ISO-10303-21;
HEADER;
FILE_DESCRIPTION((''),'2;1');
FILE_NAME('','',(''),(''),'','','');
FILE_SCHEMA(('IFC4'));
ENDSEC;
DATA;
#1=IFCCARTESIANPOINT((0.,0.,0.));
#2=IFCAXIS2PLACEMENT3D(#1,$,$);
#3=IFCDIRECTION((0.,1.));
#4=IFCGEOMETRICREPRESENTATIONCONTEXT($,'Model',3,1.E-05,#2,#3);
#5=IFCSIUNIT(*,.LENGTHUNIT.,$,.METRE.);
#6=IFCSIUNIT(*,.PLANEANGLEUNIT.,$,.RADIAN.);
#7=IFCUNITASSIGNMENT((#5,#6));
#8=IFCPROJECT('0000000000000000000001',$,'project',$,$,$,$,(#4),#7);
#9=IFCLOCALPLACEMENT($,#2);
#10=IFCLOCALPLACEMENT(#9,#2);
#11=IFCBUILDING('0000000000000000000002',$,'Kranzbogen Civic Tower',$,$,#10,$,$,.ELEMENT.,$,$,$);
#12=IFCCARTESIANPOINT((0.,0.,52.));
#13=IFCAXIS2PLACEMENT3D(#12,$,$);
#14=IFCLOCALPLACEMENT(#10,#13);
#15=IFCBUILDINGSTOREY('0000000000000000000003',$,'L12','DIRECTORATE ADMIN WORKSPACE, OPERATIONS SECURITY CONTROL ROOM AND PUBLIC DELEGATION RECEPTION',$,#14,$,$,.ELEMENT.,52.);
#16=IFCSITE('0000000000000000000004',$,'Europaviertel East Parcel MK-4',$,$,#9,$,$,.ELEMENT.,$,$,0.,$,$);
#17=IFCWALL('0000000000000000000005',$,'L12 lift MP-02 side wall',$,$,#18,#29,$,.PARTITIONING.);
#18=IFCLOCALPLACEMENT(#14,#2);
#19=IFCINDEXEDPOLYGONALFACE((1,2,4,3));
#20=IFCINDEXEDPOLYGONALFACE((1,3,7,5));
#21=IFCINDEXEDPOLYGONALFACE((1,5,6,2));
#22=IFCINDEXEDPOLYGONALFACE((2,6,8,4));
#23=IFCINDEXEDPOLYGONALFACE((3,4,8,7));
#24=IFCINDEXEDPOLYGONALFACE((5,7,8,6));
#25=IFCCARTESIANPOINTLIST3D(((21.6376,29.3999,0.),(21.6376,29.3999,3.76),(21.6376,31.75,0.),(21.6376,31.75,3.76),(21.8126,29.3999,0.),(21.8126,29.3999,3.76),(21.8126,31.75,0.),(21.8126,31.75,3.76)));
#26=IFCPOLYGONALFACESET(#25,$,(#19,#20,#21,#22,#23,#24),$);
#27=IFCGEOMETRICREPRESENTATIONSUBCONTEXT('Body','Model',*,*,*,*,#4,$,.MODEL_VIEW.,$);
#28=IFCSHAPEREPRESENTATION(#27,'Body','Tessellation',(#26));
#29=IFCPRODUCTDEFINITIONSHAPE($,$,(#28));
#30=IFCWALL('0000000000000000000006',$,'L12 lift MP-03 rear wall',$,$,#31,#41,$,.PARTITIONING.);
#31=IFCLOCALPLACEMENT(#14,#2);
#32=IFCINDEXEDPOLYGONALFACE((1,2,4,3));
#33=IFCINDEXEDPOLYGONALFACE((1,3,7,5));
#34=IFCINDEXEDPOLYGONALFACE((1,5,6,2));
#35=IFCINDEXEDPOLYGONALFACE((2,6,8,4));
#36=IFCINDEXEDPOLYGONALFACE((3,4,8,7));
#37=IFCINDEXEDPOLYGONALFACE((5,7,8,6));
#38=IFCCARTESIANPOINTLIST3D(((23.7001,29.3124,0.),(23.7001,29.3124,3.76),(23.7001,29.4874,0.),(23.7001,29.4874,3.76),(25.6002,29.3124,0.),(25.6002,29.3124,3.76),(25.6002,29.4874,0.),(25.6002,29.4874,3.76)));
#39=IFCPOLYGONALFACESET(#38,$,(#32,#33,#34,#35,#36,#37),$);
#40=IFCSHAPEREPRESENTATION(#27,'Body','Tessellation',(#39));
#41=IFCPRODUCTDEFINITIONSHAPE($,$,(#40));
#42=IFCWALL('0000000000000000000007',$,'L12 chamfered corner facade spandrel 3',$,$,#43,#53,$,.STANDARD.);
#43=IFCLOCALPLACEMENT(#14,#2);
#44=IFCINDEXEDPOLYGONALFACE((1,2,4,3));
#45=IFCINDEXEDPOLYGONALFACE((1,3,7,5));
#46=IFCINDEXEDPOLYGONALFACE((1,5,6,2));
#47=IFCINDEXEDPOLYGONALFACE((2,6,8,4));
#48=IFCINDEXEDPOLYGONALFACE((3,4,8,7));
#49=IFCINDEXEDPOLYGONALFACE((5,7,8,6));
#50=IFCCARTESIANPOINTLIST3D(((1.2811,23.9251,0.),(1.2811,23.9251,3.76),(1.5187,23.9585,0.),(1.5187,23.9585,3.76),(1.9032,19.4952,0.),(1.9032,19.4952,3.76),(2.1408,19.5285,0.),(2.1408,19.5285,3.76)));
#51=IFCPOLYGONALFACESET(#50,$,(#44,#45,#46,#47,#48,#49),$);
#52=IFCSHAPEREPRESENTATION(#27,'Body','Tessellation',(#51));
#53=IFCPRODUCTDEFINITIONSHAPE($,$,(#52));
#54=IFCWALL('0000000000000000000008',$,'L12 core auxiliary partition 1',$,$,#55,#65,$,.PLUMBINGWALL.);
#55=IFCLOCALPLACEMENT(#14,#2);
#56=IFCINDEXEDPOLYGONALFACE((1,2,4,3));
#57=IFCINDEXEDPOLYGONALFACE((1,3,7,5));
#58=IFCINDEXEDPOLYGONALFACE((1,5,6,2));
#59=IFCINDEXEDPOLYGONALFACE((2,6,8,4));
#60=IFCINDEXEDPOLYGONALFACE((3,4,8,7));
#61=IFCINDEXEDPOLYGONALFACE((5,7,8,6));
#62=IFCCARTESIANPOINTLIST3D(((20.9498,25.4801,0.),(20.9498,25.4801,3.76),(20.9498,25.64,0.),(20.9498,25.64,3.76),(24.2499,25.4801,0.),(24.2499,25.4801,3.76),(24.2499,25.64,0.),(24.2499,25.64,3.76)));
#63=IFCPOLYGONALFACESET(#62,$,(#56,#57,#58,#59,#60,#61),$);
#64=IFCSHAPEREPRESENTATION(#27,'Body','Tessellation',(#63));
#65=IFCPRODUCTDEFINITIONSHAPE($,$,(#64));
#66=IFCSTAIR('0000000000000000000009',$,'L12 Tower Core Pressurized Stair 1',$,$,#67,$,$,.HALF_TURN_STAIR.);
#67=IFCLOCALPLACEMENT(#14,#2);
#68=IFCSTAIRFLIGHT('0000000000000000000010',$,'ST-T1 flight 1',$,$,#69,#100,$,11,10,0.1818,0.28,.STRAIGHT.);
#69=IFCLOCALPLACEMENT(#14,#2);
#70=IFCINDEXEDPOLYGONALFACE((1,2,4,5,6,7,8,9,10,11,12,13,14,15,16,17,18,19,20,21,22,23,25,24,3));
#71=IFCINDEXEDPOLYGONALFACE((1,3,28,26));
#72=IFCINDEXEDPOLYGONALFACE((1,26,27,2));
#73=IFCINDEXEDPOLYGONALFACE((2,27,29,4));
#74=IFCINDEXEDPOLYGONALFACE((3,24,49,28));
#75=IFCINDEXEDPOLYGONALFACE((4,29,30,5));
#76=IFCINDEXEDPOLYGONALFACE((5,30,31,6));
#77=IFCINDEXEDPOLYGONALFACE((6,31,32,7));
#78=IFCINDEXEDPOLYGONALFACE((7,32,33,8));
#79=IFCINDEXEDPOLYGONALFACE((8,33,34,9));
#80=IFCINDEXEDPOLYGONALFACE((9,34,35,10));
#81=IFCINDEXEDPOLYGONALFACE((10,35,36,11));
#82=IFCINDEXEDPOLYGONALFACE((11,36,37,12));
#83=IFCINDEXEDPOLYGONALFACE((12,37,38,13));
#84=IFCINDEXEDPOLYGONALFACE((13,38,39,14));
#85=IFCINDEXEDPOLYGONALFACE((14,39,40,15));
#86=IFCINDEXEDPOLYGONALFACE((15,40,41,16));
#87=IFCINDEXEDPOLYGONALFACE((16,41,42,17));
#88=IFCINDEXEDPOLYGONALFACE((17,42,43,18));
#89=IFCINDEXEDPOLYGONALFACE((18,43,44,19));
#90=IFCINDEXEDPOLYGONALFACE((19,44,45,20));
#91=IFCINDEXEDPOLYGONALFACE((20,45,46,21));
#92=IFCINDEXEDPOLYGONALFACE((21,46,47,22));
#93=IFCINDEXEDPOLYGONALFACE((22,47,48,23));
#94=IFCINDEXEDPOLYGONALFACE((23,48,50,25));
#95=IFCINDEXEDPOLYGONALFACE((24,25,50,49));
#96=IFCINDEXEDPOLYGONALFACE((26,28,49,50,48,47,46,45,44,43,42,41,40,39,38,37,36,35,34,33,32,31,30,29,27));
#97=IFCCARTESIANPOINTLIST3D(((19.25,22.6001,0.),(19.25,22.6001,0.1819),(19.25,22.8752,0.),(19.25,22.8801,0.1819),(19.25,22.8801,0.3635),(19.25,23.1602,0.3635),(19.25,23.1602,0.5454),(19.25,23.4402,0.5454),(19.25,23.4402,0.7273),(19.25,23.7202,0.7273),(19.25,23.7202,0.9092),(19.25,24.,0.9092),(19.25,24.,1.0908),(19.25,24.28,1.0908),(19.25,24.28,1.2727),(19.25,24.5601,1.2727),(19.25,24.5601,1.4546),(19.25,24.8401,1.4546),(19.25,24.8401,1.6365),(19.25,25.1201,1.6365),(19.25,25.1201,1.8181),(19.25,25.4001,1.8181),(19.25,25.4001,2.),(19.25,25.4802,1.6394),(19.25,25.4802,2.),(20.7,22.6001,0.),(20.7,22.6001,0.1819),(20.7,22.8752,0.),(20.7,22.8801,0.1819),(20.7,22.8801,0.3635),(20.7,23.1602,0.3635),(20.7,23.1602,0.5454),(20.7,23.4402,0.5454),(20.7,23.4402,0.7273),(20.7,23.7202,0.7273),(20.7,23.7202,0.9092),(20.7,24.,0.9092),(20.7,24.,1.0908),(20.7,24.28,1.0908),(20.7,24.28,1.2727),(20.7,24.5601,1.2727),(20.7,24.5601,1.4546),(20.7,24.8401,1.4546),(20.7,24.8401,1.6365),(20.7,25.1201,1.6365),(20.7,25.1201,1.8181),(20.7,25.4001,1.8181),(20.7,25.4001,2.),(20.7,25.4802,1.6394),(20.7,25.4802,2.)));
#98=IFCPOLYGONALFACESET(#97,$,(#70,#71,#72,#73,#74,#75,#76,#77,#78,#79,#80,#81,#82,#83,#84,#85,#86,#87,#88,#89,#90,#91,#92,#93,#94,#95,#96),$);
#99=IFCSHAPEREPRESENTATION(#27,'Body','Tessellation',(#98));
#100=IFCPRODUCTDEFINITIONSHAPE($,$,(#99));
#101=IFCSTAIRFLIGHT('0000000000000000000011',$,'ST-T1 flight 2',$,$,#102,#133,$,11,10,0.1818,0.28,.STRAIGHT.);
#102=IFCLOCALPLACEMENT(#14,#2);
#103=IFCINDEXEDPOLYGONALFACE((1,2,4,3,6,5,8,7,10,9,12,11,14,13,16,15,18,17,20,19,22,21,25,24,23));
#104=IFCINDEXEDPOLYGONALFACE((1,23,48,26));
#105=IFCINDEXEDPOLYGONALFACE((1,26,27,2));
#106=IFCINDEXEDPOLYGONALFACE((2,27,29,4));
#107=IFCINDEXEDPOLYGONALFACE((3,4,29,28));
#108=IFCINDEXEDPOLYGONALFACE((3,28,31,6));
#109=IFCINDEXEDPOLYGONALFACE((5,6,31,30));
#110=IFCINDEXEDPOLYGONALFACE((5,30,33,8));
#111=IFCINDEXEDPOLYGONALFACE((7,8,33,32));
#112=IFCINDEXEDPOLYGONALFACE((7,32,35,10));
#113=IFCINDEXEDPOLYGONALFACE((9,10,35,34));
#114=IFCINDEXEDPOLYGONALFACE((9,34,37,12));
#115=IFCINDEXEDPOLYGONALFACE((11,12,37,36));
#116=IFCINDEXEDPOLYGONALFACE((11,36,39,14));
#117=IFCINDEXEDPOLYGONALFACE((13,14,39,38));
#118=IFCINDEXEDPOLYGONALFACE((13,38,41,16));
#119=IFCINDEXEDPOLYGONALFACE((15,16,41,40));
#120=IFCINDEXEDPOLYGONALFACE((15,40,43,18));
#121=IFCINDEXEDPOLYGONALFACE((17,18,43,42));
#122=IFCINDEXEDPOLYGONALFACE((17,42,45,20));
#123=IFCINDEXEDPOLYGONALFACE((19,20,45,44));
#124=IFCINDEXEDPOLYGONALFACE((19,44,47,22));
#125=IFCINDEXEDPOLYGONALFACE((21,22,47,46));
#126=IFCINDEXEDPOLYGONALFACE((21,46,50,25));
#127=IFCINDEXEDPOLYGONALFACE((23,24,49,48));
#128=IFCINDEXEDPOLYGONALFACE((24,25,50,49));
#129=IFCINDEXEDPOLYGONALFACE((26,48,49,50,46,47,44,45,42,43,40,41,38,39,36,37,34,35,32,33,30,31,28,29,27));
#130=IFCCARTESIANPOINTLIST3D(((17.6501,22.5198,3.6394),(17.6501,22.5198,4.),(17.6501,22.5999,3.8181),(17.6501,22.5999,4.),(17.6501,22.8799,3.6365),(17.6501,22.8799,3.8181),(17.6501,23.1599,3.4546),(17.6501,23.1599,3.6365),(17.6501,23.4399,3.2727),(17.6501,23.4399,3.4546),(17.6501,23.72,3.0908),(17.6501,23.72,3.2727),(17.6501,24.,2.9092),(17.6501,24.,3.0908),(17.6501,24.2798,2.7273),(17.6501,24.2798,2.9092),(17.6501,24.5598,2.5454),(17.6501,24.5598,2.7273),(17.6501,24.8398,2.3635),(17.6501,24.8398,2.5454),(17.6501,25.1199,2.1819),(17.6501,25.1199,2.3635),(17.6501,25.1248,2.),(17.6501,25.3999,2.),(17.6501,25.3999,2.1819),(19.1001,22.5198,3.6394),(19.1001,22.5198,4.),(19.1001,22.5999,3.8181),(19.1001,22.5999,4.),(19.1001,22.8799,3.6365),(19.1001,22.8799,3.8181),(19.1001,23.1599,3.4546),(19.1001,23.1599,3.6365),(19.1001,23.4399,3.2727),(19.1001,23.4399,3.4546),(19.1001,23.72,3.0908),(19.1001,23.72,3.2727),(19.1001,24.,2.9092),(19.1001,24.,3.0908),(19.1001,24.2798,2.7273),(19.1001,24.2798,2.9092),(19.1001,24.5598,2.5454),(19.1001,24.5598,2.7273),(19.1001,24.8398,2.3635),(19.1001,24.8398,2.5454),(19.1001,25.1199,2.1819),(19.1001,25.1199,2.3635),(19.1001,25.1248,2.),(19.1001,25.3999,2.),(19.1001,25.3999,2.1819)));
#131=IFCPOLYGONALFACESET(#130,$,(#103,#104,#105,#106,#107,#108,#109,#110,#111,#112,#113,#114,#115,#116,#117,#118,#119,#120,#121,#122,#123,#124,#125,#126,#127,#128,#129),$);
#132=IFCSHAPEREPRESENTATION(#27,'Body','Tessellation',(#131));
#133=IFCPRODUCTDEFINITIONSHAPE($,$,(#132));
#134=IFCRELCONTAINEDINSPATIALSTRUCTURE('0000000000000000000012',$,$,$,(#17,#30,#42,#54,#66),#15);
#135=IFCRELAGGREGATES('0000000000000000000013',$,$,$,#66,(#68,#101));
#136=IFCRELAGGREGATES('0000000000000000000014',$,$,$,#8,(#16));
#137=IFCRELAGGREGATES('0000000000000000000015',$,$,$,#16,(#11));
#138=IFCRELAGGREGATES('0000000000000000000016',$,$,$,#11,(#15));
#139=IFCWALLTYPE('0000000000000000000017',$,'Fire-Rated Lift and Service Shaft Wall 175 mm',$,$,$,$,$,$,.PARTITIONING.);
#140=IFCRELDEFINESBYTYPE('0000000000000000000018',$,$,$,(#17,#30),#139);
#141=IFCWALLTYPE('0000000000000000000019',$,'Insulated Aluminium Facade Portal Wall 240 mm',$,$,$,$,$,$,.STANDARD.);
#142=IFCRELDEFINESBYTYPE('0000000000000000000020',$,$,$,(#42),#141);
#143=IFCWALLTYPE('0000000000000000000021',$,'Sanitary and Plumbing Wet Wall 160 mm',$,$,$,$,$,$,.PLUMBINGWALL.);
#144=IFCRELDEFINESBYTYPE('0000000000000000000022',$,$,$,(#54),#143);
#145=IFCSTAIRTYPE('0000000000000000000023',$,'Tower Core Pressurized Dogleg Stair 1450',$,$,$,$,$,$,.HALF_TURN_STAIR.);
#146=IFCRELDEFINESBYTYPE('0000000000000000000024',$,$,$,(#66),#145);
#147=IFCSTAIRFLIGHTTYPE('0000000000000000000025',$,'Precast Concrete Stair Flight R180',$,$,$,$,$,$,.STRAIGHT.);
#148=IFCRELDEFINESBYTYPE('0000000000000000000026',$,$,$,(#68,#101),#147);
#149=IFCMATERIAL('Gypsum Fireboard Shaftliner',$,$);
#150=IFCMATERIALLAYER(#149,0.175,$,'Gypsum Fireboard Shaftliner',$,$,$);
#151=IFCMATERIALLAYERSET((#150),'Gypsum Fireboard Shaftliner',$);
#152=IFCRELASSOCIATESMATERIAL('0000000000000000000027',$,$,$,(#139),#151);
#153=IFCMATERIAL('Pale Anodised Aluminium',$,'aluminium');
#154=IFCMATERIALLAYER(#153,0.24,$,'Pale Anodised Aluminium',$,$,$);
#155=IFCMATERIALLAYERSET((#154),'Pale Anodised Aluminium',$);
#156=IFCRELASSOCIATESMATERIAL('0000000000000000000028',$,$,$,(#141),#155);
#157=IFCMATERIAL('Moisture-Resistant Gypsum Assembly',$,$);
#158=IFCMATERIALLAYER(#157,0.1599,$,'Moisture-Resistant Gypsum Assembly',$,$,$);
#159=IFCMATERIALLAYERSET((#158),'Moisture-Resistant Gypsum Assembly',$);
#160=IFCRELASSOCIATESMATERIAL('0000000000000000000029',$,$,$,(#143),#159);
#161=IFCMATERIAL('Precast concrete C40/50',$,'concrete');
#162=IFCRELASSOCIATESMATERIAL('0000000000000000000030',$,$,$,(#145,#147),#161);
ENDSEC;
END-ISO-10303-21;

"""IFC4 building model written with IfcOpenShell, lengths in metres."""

from ifc_helpers import new_model, si_unit, direction, frame, frame_2d, origin, place, context, subcontext, project, spatial, polyline, rectangle, outline, extrude, material, layer, layer_set, type_object, element, aggregate, save


model = new_model("IFC4")

# Units and contexts
model_context = context("Model", 3, precision=1e-05, world=origin(), true_north=direction((0.0, 1.0)))
body_context = subcontext(model_context, "Body", "Model", "MODEL_VIEW")
ifc_project = project(units=[si_unit("LENGTHUNIT", "METRE"), si_unit("PLANEANGLEUNIT", "RADIAN")], contexts=[model_context])

# Site, building, storey
site_placement = place(None, origin())
site = spatial("IfcSite", under=ifc_project, at=site_placement, Name="Europaviertel East Parcel MK-4", CompositionType="ELEMENT", RefElevation=0.0)
building_placement = place(site_placement, origin())
building = spatial("IfcBuilding", under=site, at=building_placement, Name="Kranzbogen Civic Tower", CompositionType="ELEMENT")
storey_placement = place(building_placement, frame((0.0, 0.0, 52.0)))
storey = spatial("IfcBuildingStorey", under=building, at=storey_placement, Name="L12", Description="DIRECTORATE ADMIN WORKSPACE, OPERATIONS SECURITY CONTROL ROOM AND PUBLIC DELEGATION RECEPTION", CompositionType="ELEMENT", Elevation=52.0)

# Shared definitions
ifc_material_1 = material(Name="Pale Anodised Aluminium", Category="aluminium")

# Walls
ifc_material_2 = material(Name="Gypsum Fireboard Shaftliner")
ifc_layer_1 = layer(ifc_material_2, 0.175, Name="Gypsum Fireboard Shaftliner")
ifc_layer_set_1 = layer_set([ifc_layer_1], Name="Gypsum Fireboard Shaftliner")
wall_type_1 = type_object("IfcWallType", Name="Fire-Rated Lift and Service Shaft Wall 175 mm", PredefinedType="PARTITIONING", material=ifc_layer_set_1)
wall_1_placement = place(storey_placement, frame((21.7251, 29.3999, 0.0), z_axis=(0.0, 0.0, 1.0), x_axis=(0.0, 1.0, 0.0)))
element("IfcWall", 1, at=wall_1_placement, inside=storey, type_object=wall_type_1, Name="L12 lift MP-02 side wall", PredefinedType="PARTITIONING", context=body_context, shape_type="SweptSolid", body=[
    extrude(rectangle(XDim=2.3501, YDim=0.175, at=frame_2d((1.175, 0.0))), origin(), (0.0, 0.0, 1.0), 3.76),
])
wall_2_placement = place(storey_placement, frame((23.7, 29.3999, 0.0), z_axis=(0.0, 0.0, 1.0), x_axis=(1.0, 0.0, 0.0)))
element("IfcWall", 2, at=wall_2_placement, inside=storey, type_object=wall_type_1, Name="L12 lift MP-03 rear wall", PredefinedType="PARTITIONING", context=body_context, shape_type="SweptSolid", body=[
    extrude(rectangle(XDim=1.9001, YDim=0.175, at=frame_2d((0.9502, 0.0))), origin(), (0.0, 0.0, 1.0), 3.76),
])
ifc_layer_2 = layer(ifc_material_1, 0.24, Name="Pale Anodised Aluminium")
ifc_layer_set_2 = layer_set([ifc_layer_2], Name="Pale Anodised Aluminium")
wall_type_2 = type_object("IfcWallType", Name="Insulated Aluminium Facade Portal Wall 240 mm", PredefinedType="STANDARD", material=ifc_layer_set_2)
wall_3_placement = place(storey_placement, frame((1.3999, 23.9419, 0.0), z_axis=(0.0, 0.0, 1.0), x_axis=(0.13906, -0.990284, 0.0)))
element("IfcWall", 3, at=wall_3_placement, inside=storey, type_object=wall_type_2, Name="L12 chamfered corner facade spandrel 3", PredefinedType="STANDARD", context=body_context, shape_type="SweptSolid", body=[
    extrude(rectangle(XDim=4.4734, YDim=0.24, at=frame_2d((2.2368, 0.0))), origin(), (0.0, 0.0, 1.0), 3.76),
])
ifc_material_3 = material(Name="Moisture-Resistant Gypsum Assembly")
ifc_layer_3 = layer(ifc_material_3, 0.1599, Name="Moisture-Resistant Gypsum Assembly")
ifc_layer_set_3 = layer_set([ifc_layer_3], Name="Moisture-Resistant Gypsum Assembly")
wall_type_3 = type_object("IfcWallType", Name="Sanitary and Plumbing Wet Wall 160 mm", PredefinedType="PLUMBINGWALL", material=ifc_layer_set_3)
wall_4_placement = place(storey_placement, frame((20.95, 25.5601, 0.0), z_axis=(0.0, 0.0, 1.0), x_axis=(1.0, 0.0, 0.0)))
element("IfcWall", 4, at=wall_4_placement, inside=storey, type_object=wall_type_3, Name="L12 core auxiliary partition 1", PredefinedType="PLUMBINGWALL", context=body_context, shape_type="SweptSolid", body=[
    extrude(rectangle(XDim=3.3, YDim=0.1599, at=frame_2d((1.6499, 0.0))), origin(), (0.0, 0.0, 1.0), 3.76),
])

# Stair, stair flights
ifc_material_4 = material(Name="Precast concrete C40/50", Category="concrete")
stair_type = type_object("IfcStairType", Name="Tower Core Pressurized Dogleg Stair 1450", PredefinedType="HALF_TURN_STAIR", material=ifc_material_4)
stair_placement = place(storey_placement, origin())
stair = element("IfcStair", 5, at=stair_placement, inside=storey, type_object=stair_type, Name="L12 Tower Core Pressurized Stair 1", PredefinedType="HALF_TURN_STAIR")
stair_flight_type = type_object("IfcStairFlightType", Name="Precast Concrete Stair Flight R180", PredefinedType="STRAIGHT", material=ifc_material_4)
stair_flight_1_placement = place(storey_placement, frame((19.9751, 22.6001, 0.0), z_axis=(0.0, 0.0, 1.0), x_axis=(0.0, 1.0, 0.0)))
stair_flight_1 = element("IfcStairFlight", 6, at=stair_flight_1_placement, type_object=stair_flight_type, Name="ST-T1 flight 1", NumberOfRisers=11, NumberOfTreads=10, PredefinedType="STRAIGHT", RiserHeight=0.1818, TreadLength=0.28, context=body_context, shape_type="SweptSolid", body=[
    extrude(outline(polyline([(0.0, 0.0), (0.0, 0.1819), (0.28, 0.1819), (0.28, 0.3635), (0.5601, 0.3635), (0.5601, 0.5454), (0.8401, 0.5454), (0.8401, 0.7273), (1.1201, 0.7273), (1.1201, 0.9092), (1.3999, 0.9092), (1.3999, 1.0908), (1.6799, 1.0908), (1.6799, 1.2727), (1.96, 1.2727), (1.96, 1.4546), (2.24, 1.4546), (2.24, 1.6365), (2.52, 1.6365), (2.52, 1.8181), (2.8, 1.8181), (2.8, 2.0), (2.8801, 2.0), (2.8801, 1.6394), (0.2751, 0.0), (0.0, 0.0)])), frame((0.0, 0.7251, 0.0), z_axis=(0.0, -1.0, 0.0), x_axis=(1.0, 0.0, 0.0)), (0.0, 0.0, 1.0), 1.45),
])
stair_flight_2_placement = place(storey_placement, frame((18.375, 25.3999, 2.0), z_axis=(0.0, 0.0, 1.0), x_axis=(0.0, -1.0, 0.0)))
stair_flight_2 = element("IfcStairFlight", 7, at=stair_flight_2_placement, type_object=stair_flight_type, Name="ST-T1 flight 2", NumberOfRisers=11, NumberOfTreads=10, PredefinedType="STRAIGHT", RiserHeight=0.1818, TreadLength=0.28, context=body_context, shape_type="SweptSolid", body=[
    extrude(outline(polyline([(0.0, 0.0), (0.0, 0.1819), (0.28, 0.1819), (0.28, 0.3635), (0.5601, 0.3635), (0.5601, 0.5454), (0.8401, 0.5454), (0.8401, 0.7273), (1.1201, 0.7273), (1.1201, 0.9092), (1.3999, 0.9092), (1.3999, 1.0908), (1.6799, 1.0908), (1.6799, 1.2727), (1.96, 1.2727), (1.96, 1.4546), (2.24, 1.4546), (2.24, 1.6365), (2.52, 1.6365), (2.52, 1.8181), (2.8, 1.8181), (2.8, 2.0), (2.8801, 2.0), (2.8801, 1.6394), (0.2751, 0.0), (0.0, 0.0)])), frame((0.0, 0.7251, 0.0), z_axis=(0.0, -1.0, 0.0), x_axis=(1.0, 0.0, 0.0)), (0.0, 0.0, 1.0), 1.45),
])
aggregate(stair, [stair_flight_1, stair_flight_2])

save(model, "model.ifc")
